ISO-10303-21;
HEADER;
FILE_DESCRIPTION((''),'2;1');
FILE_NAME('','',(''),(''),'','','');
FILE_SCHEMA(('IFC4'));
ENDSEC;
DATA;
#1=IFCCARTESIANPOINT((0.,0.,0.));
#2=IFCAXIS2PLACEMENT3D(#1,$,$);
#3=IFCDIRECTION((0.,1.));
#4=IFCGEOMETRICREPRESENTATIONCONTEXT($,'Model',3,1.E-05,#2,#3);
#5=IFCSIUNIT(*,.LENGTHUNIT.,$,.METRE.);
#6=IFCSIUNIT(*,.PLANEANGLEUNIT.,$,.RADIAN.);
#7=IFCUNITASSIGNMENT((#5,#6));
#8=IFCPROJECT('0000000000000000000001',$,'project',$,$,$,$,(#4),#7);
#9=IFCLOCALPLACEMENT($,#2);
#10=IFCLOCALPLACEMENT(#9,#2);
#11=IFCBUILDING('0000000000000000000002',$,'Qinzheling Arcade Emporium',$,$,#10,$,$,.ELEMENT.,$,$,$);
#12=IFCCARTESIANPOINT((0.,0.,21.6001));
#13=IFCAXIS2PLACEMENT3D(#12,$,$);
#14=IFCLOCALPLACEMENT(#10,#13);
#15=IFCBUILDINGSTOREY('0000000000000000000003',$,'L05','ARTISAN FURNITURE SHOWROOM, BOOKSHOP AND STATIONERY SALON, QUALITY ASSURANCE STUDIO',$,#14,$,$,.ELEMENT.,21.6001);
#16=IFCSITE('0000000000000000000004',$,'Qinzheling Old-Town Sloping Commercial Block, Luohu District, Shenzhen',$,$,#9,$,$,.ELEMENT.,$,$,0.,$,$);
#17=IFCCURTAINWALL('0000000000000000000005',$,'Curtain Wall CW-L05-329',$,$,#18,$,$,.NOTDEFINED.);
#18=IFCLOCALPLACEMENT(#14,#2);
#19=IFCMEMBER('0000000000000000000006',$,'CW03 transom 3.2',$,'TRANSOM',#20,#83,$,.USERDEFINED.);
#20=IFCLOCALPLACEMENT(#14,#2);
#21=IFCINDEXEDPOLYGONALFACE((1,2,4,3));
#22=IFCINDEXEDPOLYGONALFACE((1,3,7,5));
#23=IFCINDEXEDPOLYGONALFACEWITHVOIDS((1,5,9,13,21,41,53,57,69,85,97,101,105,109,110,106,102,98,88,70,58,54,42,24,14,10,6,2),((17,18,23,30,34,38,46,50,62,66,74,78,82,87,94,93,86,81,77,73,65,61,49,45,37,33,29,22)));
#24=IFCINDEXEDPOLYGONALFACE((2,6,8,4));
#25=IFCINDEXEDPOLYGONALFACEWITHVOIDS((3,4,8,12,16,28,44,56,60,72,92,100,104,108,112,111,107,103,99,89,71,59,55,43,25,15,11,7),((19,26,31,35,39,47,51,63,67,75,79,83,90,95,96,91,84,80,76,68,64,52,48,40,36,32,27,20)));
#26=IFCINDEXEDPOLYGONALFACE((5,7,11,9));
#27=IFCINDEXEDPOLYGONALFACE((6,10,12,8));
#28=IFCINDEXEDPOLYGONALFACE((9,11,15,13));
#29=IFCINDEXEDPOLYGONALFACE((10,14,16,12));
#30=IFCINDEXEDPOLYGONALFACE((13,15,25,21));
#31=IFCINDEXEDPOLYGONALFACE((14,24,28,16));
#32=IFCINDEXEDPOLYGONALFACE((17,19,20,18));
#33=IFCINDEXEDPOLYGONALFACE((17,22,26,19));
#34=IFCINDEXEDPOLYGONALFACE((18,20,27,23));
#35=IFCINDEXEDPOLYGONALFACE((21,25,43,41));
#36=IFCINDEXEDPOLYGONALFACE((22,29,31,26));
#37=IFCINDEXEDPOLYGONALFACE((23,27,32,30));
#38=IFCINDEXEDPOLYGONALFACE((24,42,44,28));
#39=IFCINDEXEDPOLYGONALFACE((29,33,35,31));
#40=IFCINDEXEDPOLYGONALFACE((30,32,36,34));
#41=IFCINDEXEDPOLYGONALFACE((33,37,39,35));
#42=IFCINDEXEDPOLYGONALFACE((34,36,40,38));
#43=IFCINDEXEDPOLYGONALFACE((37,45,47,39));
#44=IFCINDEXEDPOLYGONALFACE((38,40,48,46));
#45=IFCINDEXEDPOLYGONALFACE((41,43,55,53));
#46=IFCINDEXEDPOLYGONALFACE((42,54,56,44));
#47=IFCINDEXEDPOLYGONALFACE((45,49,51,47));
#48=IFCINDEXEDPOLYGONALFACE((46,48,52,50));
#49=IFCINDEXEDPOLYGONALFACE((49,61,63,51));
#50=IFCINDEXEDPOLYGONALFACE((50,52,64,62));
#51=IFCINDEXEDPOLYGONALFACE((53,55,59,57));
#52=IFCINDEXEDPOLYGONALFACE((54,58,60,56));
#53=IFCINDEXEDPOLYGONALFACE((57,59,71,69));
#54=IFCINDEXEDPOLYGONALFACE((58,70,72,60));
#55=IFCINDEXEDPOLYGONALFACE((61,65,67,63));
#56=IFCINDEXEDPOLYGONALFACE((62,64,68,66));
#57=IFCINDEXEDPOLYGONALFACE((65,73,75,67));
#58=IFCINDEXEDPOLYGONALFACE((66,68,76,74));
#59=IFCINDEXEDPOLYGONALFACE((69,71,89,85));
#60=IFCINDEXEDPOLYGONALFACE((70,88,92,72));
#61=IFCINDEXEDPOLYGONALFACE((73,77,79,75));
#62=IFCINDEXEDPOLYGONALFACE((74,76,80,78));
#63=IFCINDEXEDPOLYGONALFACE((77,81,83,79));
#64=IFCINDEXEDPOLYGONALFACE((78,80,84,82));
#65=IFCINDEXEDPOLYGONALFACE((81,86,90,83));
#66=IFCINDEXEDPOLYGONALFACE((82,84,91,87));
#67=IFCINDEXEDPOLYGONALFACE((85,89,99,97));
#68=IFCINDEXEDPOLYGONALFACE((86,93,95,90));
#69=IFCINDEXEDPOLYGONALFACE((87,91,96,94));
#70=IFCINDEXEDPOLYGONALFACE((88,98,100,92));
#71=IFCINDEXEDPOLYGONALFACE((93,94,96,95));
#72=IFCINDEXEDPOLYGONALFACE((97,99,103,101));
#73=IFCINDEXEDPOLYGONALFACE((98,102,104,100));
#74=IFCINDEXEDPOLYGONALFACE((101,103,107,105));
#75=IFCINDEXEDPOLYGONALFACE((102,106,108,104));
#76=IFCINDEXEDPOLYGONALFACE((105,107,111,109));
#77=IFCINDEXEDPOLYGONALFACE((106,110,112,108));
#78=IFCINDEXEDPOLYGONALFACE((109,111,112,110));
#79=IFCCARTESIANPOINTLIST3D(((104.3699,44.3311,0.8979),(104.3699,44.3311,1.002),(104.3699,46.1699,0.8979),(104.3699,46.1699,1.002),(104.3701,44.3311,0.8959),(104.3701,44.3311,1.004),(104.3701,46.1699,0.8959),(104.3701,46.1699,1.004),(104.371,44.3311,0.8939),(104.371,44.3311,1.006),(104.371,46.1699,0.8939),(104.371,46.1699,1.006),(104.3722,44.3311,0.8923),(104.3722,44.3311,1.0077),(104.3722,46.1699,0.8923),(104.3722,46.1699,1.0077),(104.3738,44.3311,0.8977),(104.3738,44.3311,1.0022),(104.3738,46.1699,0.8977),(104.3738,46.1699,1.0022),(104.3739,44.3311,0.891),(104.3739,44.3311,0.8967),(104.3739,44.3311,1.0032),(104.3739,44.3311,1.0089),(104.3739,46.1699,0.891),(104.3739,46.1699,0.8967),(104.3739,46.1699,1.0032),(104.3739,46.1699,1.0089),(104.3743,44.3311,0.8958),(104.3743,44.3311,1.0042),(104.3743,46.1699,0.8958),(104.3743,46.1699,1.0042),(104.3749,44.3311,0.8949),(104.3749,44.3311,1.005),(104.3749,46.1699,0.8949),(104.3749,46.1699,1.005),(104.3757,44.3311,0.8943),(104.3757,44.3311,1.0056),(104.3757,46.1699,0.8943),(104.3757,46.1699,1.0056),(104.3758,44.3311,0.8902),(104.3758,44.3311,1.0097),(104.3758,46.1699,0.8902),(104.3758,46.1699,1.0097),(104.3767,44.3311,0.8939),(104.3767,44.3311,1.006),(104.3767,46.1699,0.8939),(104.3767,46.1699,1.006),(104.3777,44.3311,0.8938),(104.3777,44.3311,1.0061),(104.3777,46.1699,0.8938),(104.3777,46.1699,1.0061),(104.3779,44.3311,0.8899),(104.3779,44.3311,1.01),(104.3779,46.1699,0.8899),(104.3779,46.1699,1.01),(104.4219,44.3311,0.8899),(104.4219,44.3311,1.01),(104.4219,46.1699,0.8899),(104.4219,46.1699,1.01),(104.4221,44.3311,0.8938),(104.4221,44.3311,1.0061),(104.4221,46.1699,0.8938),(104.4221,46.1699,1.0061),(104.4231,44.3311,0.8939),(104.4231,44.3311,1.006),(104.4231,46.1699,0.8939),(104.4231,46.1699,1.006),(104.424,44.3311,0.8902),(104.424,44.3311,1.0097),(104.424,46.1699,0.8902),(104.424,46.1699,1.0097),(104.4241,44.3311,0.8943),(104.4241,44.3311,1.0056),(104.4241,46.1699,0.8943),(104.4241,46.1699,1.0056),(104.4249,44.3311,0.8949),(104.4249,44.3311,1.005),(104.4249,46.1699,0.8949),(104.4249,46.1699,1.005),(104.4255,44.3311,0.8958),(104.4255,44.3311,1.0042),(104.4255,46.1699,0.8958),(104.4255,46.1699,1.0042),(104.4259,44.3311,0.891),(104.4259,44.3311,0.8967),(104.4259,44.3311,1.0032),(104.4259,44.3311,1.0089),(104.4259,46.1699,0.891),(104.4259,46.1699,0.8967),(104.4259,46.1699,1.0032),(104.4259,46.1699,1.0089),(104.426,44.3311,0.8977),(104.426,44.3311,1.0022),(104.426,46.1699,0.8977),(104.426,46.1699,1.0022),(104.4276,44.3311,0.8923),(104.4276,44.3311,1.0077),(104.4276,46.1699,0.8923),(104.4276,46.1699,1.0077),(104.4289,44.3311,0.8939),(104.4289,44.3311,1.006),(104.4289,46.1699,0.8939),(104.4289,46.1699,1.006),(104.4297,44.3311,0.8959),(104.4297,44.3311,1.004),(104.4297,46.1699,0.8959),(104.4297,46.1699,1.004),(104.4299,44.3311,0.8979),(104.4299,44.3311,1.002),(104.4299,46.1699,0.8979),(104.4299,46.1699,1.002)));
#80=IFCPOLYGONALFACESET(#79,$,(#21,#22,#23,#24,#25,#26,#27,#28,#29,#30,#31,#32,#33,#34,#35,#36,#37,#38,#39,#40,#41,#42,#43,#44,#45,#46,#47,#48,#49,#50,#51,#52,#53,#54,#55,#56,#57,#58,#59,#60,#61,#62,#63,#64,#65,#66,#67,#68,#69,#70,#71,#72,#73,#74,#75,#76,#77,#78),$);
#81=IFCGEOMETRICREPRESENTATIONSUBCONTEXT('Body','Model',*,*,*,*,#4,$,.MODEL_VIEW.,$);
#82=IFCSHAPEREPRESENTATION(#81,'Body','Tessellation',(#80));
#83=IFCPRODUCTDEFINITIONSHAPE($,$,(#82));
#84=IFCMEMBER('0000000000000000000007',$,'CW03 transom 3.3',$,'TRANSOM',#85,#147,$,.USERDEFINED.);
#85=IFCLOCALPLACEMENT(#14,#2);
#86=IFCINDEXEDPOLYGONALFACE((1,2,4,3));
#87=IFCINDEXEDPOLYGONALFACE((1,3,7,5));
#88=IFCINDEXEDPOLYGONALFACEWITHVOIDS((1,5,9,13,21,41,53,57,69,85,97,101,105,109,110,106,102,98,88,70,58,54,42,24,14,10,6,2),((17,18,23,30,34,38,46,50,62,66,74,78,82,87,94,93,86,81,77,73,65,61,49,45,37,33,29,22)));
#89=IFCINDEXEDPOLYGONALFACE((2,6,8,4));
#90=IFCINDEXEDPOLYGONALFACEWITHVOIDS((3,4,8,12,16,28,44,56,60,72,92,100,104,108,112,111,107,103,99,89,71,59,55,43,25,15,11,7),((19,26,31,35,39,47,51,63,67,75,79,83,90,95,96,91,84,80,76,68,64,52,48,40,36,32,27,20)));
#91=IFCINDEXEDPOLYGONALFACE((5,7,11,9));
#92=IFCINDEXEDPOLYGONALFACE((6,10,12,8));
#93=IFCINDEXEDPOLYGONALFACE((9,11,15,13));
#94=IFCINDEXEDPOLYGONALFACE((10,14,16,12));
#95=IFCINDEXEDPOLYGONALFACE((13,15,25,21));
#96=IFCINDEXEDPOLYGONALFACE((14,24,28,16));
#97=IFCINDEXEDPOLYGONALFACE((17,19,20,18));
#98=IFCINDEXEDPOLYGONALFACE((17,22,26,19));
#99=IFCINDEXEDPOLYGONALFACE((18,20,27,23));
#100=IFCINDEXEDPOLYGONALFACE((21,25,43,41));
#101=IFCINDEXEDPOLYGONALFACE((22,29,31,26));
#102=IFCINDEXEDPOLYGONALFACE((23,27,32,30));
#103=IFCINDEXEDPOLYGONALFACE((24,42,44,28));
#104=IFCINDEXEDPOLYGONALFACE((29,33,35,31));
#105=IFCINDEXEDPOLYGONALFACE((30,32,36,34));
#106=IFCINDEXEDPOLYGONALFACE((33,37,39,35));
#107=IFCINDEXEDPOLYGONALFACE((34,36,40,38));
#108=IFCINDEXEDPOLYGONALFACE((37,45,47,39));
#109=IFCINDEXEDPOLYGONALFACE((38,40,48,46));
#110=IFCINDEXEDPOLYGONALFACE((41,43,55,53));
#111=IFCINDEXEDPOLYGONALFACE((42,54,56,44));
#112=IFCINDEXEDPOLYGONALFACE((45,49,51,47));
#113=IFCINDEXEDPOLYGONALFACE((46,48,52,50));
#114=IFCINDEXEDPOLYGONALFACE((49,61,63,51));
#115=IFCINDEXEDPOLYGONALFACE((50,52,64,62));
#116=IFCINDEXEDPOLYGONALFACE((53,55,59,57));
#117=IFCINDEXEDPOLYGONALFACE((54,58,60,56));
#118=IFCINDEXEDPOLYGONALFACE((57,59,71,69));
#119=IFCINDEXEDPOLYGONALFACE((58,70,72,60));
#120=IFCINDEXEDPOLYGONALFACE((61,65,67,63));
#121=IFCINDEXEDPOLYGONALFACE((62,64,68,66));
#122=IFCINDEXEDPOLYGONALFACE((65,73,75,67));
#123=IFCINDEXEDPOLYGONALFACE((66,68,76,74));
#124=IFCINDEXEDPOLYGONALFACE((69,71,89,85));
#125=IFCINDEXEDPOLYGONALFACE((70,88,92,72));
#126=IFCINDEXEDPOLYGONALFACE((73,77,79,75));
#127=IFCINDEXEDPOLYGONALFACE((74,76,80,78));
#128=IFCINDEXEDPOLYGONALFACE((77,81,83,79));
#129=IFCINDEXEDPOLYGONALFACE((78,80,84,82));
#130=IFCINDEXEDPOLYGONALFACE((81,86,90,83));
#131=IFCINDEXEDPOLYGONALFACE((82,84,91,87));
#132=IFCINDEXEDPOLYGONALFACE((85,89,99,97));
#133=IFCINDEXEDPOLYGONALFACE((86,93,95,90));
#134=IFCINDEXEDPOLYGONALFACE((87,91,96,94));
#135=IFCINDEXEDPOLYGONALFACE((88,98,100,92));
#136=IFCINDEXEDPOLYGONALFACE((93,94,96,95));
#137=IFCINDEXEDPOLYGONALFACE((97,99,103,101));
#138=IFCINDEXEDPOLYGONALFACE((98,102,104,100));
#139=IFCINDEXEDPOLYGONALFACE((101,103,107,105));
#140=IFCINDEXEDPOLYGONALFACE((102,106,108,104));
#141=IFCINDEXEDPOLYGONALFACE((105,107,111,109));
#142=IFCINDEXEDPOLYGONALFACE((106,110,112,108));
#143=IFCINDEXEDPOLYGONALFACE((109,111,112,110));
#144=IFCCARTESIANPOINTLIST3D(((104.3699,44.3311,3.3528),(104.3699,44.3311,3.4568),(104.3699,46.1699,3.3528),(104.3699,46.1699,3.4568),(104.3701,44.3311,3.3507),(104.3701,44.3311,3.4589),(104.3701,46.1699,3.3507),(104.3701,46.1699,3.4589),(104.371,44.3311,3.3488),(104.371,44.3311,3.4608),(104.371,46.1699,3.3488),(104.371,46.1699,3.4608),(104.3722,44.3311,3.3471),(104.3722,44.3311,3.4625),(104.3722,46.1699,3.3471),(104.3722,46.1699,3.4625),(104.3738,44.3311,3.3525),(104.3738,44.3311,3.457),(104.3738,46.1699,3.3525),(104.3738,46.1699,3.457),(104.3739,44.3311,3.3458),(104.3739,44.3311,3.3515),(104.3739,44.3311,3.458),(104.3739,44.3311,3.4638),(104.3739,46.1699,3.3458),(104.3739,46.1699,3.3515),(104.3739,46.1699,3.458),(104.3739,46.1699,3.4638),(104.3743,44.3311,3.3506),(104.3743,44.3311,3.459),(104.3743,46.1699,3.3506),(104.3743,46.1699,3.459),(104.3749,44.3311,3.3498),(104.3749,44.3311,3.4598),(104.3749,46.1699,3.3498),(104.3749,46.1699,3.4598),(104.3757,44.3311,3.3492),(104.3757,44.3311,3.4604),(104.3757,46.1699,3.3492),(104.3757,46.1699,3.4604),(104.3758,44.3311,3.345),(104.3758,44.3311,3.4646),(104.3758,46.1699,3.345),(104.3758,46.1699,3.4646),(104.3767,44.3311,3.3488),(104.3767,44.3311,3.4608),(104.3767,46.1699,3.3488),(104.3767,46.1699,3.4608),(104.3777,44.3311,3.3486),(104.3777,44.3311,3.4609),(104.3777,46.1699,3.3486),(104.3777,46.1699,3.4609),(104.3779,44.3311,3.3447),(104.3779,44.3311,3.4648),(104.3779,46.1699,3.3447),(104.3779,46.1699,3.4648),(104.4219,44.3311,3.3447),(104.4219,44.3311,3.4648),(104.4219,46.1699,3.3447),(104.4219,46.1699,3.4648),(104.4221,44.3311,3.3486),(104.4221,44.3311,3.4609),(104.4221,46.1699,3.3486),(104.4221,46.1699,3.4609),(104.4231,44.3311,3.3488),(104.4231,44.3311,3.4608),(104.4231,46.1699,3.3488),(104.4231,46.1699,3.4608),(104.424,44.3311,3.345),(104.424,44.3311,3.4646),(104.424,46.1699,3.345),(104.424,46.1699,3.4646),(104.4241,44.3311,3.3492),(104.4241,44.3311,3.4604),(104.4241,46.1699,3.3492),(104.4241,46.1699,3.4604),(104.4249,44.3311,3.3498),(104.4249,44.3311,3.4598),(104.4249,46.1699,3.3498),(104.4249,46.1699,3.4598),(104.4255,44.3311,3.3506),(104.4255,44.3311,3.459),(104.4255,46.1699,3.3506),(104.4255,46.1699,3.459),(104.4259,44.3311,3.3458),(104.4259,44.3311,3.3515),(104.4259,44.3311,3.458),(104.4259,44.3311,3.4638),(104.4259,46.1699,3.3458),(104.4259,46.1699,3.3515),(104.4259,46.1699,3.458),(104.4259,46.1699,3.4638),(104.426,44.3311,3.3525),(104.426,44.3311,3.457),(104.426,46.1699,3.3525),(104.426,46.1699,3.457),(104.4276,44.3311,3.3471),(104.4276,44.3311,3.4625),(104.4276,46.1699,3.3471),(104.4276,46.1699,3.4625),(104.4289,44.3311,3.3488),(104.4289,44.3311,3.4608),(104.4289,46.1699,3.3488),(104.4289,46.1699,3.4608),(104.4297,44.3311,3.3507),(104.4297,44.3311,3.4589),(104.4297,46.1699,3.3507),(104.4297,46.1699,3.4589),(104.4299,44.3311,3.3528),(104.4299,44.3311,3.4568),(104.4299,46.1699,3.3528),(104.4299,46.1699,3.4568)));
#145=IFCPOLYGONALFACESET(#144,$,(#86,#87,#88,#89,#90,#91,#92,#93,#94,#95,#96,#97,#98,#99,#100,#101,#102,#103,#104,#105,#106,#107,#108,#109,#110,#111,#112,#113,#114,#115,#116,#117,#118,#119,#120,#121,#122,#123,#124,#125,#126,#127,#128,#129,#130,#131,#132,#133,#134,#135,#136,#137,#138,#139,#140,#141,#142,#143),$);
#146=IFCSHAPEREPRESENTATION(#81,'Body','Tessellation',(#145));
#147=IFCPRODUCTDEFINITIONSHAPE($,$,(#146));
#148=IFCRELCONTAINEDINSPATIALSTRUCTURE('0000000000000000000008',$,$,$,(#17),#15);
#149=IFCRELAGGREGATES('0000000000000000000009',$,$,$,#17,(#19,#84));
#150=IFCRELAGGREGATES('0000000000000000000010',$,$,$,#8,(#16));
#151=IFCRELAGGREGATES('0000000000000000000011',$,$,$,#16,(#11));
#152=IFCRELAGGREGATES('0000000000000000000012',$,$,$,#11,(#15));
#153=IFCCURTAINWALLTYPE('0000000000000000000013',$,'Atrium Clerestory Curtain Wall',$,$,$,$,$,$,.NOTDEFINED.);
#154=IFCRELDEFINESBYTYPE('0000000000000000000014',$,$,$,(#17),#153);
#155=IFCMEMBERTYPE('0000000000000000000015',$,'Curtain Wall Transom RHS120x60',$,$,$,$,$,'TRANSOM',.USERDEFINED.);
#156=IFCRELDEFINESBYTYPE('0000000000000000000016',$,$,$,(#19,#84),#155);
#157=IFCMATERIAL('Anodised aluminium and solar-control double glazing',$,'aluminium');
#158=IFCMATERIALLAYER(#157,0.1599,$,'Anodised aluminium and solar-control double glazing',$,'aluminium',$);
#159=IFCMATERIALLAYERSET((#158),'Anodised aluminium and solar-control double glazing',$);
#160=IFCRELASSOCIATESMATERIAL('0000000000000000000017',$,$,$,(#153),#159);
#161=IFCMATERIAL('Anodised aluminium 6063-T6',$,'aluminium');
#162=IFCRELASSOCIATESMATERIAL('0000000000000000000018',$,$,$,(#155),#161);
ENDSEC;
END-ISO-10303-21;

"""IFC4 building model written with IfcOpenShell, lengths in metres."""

from ifc_helpers import new_model, si_unit, direction, frame, origin, origin_2d, place, context, subcontext, project, spatial, hollow_rectangle, extrude, material, layer, layer_set, material_profile, profile_set, type_object, element, aggregate, save


model = new_model("IFC4")

# Units and contexts
model_context = context("Model", 3, precision=1e-05, world=origin(), true_north=direction((0.0, 1.0)))
body_context = subcontext(model_context, "Body", "Model", "MODEL_VIEW")
ifc_project = project(units=[si_unit("LENGTHUNIT", "METRE"), si_unit("PLANEANGLEUNIT", "RADIAN")], contexts=[model_context])

# Site, building, storey
site_placement = place(None, origin())
site = spatial("IfcSite", under=ifc_project, at=site_placement, Name="Qinzheling Old-Town Sloping Commercial Block, Luohu District, Shenzhen", CompositionType="ELEMENT", RefElevation=0.0)
building_placement = place(site_placement, origin())
building = spatial("IfcBuilding", under=site, at=building_placement, Name="Qinzheling Arcade Emporium", CompositionType="ELEMENT")
storey_placement = place(building_placement, frame((0.0, 0.0, 21.6001)))
storey = spatial("IfcBuildingStorey", under=building, at=storey_placement, Name="L05", Description="ARTISAN FURNITURE SHOWROOM, BOOKSHOP AND STATIONERY SALON, QUALITY ASSURANCE STUDIO", CompositionType="ELEMENT", Elevation=21.6001)

# Curtain wall, members
ifc_material_1 = material(Name="Anodised aluminium and solar-control double glazing", Category="aluminium")
ifc_layer_1 = layer(ifc_material_1, 0.1599, Name="Anodised aluminium and solar-control double glazing", Category="aluminium")
ifc_layer_set_1 = layer_set([ifc_layer_1], Name="Anodised aluminium and solar-control double glazing")
curtain_wall_type = type_object("IfcCurtainWallType", Name="Atrium Clerestory Curtain Wall", PredefinedType="NOTDEFINED", material=ifc_layer_set_1)
curtain_wall_placement = place(storey_placement, origin())
curtain_wall = element("IfcCurtainWall", 1, at=curtain_wall_placement, inside=storey, type_object=curtain_wall_type, Name="Curtain Wall CW-L05-329", PredefinedType="NOTDEFINED")
ifc_material_2 = material(Name="Anodised aluminium 6063-T6", Category="aluminium")
ifc_material_profile_1 = material_profile(ifc_material_2, hollow_rectangle(XDim=0.0601, YDim=0.1201, WallThickness=0.0039, InnerFilletRadius=0.0039, OuterFilletRadius=0.0081, at=origin_2d()), Name="RHS 120x60x4", Category="aluminium")
ifc_profile_set_1 = profile_set([ifc_material_profile_1], Name="Anodised aluminium 6063-T6")
member_type_1 = type_object("IfcMemberType", Name="Curtain Wall Transom RHS120x60", ElementType="TRANSOM", PredefinedType="USERDEFINED", material=ifc_profile_set_1)
member_1_placement = place(storey_placement, frame((104.3999, 46.1699, 0.95), z_axis=(0.0, -1.0, 0.0), x_axis=(1.0, 0.0, 0.0)))
member_1 = element("IfcMember", 2, at=member_1_placement, type_object=member_type_1, Name="CW03 transom 3.2", ObjectType="TRANSOM", PredefinedType="USERDEFINED", context=body_context, shape_type="SweptSolid", body=[
    extrude(hollow_rectangle(XDim=0.0601, YDim=0.1201, WallThickness=0.0039, InnerFilletRadius=0.0039, OuterFilletRadius=0.0081, at=origin_2d()), origin(), (0.0, 0.0, 1.0), 1.8389),
])
member_2_placement = place(storey_placement, frame((104.3999, 46.1699, 3.4048), z_axis=(0.0, -1.0, 0.0), x_axis=(1.0, 0.0, 0.0)))
member_2 = element("IfcMember", 3, at=member_2_placement, type_object=member_type_1, Name="CW03 transom 3.3", ObjectType="TRANSOM", PredefinedType="USERDEFINED", context=body_context, shape_type="SweptSolid", body=[
    extrude(hollow_rectangle(XDim=0.0601, YDim=0.1201, WallThickness=0.0039, InnerFilletRadius=0.0039, OuterFilletRadius=0.0081, at=origin_2d()), origin(), (0.0, 0.0, 1.0), 1.8389),
])
aggregate(curtain_wall, [member_1, member_2])

save(model, "model.ifc")
